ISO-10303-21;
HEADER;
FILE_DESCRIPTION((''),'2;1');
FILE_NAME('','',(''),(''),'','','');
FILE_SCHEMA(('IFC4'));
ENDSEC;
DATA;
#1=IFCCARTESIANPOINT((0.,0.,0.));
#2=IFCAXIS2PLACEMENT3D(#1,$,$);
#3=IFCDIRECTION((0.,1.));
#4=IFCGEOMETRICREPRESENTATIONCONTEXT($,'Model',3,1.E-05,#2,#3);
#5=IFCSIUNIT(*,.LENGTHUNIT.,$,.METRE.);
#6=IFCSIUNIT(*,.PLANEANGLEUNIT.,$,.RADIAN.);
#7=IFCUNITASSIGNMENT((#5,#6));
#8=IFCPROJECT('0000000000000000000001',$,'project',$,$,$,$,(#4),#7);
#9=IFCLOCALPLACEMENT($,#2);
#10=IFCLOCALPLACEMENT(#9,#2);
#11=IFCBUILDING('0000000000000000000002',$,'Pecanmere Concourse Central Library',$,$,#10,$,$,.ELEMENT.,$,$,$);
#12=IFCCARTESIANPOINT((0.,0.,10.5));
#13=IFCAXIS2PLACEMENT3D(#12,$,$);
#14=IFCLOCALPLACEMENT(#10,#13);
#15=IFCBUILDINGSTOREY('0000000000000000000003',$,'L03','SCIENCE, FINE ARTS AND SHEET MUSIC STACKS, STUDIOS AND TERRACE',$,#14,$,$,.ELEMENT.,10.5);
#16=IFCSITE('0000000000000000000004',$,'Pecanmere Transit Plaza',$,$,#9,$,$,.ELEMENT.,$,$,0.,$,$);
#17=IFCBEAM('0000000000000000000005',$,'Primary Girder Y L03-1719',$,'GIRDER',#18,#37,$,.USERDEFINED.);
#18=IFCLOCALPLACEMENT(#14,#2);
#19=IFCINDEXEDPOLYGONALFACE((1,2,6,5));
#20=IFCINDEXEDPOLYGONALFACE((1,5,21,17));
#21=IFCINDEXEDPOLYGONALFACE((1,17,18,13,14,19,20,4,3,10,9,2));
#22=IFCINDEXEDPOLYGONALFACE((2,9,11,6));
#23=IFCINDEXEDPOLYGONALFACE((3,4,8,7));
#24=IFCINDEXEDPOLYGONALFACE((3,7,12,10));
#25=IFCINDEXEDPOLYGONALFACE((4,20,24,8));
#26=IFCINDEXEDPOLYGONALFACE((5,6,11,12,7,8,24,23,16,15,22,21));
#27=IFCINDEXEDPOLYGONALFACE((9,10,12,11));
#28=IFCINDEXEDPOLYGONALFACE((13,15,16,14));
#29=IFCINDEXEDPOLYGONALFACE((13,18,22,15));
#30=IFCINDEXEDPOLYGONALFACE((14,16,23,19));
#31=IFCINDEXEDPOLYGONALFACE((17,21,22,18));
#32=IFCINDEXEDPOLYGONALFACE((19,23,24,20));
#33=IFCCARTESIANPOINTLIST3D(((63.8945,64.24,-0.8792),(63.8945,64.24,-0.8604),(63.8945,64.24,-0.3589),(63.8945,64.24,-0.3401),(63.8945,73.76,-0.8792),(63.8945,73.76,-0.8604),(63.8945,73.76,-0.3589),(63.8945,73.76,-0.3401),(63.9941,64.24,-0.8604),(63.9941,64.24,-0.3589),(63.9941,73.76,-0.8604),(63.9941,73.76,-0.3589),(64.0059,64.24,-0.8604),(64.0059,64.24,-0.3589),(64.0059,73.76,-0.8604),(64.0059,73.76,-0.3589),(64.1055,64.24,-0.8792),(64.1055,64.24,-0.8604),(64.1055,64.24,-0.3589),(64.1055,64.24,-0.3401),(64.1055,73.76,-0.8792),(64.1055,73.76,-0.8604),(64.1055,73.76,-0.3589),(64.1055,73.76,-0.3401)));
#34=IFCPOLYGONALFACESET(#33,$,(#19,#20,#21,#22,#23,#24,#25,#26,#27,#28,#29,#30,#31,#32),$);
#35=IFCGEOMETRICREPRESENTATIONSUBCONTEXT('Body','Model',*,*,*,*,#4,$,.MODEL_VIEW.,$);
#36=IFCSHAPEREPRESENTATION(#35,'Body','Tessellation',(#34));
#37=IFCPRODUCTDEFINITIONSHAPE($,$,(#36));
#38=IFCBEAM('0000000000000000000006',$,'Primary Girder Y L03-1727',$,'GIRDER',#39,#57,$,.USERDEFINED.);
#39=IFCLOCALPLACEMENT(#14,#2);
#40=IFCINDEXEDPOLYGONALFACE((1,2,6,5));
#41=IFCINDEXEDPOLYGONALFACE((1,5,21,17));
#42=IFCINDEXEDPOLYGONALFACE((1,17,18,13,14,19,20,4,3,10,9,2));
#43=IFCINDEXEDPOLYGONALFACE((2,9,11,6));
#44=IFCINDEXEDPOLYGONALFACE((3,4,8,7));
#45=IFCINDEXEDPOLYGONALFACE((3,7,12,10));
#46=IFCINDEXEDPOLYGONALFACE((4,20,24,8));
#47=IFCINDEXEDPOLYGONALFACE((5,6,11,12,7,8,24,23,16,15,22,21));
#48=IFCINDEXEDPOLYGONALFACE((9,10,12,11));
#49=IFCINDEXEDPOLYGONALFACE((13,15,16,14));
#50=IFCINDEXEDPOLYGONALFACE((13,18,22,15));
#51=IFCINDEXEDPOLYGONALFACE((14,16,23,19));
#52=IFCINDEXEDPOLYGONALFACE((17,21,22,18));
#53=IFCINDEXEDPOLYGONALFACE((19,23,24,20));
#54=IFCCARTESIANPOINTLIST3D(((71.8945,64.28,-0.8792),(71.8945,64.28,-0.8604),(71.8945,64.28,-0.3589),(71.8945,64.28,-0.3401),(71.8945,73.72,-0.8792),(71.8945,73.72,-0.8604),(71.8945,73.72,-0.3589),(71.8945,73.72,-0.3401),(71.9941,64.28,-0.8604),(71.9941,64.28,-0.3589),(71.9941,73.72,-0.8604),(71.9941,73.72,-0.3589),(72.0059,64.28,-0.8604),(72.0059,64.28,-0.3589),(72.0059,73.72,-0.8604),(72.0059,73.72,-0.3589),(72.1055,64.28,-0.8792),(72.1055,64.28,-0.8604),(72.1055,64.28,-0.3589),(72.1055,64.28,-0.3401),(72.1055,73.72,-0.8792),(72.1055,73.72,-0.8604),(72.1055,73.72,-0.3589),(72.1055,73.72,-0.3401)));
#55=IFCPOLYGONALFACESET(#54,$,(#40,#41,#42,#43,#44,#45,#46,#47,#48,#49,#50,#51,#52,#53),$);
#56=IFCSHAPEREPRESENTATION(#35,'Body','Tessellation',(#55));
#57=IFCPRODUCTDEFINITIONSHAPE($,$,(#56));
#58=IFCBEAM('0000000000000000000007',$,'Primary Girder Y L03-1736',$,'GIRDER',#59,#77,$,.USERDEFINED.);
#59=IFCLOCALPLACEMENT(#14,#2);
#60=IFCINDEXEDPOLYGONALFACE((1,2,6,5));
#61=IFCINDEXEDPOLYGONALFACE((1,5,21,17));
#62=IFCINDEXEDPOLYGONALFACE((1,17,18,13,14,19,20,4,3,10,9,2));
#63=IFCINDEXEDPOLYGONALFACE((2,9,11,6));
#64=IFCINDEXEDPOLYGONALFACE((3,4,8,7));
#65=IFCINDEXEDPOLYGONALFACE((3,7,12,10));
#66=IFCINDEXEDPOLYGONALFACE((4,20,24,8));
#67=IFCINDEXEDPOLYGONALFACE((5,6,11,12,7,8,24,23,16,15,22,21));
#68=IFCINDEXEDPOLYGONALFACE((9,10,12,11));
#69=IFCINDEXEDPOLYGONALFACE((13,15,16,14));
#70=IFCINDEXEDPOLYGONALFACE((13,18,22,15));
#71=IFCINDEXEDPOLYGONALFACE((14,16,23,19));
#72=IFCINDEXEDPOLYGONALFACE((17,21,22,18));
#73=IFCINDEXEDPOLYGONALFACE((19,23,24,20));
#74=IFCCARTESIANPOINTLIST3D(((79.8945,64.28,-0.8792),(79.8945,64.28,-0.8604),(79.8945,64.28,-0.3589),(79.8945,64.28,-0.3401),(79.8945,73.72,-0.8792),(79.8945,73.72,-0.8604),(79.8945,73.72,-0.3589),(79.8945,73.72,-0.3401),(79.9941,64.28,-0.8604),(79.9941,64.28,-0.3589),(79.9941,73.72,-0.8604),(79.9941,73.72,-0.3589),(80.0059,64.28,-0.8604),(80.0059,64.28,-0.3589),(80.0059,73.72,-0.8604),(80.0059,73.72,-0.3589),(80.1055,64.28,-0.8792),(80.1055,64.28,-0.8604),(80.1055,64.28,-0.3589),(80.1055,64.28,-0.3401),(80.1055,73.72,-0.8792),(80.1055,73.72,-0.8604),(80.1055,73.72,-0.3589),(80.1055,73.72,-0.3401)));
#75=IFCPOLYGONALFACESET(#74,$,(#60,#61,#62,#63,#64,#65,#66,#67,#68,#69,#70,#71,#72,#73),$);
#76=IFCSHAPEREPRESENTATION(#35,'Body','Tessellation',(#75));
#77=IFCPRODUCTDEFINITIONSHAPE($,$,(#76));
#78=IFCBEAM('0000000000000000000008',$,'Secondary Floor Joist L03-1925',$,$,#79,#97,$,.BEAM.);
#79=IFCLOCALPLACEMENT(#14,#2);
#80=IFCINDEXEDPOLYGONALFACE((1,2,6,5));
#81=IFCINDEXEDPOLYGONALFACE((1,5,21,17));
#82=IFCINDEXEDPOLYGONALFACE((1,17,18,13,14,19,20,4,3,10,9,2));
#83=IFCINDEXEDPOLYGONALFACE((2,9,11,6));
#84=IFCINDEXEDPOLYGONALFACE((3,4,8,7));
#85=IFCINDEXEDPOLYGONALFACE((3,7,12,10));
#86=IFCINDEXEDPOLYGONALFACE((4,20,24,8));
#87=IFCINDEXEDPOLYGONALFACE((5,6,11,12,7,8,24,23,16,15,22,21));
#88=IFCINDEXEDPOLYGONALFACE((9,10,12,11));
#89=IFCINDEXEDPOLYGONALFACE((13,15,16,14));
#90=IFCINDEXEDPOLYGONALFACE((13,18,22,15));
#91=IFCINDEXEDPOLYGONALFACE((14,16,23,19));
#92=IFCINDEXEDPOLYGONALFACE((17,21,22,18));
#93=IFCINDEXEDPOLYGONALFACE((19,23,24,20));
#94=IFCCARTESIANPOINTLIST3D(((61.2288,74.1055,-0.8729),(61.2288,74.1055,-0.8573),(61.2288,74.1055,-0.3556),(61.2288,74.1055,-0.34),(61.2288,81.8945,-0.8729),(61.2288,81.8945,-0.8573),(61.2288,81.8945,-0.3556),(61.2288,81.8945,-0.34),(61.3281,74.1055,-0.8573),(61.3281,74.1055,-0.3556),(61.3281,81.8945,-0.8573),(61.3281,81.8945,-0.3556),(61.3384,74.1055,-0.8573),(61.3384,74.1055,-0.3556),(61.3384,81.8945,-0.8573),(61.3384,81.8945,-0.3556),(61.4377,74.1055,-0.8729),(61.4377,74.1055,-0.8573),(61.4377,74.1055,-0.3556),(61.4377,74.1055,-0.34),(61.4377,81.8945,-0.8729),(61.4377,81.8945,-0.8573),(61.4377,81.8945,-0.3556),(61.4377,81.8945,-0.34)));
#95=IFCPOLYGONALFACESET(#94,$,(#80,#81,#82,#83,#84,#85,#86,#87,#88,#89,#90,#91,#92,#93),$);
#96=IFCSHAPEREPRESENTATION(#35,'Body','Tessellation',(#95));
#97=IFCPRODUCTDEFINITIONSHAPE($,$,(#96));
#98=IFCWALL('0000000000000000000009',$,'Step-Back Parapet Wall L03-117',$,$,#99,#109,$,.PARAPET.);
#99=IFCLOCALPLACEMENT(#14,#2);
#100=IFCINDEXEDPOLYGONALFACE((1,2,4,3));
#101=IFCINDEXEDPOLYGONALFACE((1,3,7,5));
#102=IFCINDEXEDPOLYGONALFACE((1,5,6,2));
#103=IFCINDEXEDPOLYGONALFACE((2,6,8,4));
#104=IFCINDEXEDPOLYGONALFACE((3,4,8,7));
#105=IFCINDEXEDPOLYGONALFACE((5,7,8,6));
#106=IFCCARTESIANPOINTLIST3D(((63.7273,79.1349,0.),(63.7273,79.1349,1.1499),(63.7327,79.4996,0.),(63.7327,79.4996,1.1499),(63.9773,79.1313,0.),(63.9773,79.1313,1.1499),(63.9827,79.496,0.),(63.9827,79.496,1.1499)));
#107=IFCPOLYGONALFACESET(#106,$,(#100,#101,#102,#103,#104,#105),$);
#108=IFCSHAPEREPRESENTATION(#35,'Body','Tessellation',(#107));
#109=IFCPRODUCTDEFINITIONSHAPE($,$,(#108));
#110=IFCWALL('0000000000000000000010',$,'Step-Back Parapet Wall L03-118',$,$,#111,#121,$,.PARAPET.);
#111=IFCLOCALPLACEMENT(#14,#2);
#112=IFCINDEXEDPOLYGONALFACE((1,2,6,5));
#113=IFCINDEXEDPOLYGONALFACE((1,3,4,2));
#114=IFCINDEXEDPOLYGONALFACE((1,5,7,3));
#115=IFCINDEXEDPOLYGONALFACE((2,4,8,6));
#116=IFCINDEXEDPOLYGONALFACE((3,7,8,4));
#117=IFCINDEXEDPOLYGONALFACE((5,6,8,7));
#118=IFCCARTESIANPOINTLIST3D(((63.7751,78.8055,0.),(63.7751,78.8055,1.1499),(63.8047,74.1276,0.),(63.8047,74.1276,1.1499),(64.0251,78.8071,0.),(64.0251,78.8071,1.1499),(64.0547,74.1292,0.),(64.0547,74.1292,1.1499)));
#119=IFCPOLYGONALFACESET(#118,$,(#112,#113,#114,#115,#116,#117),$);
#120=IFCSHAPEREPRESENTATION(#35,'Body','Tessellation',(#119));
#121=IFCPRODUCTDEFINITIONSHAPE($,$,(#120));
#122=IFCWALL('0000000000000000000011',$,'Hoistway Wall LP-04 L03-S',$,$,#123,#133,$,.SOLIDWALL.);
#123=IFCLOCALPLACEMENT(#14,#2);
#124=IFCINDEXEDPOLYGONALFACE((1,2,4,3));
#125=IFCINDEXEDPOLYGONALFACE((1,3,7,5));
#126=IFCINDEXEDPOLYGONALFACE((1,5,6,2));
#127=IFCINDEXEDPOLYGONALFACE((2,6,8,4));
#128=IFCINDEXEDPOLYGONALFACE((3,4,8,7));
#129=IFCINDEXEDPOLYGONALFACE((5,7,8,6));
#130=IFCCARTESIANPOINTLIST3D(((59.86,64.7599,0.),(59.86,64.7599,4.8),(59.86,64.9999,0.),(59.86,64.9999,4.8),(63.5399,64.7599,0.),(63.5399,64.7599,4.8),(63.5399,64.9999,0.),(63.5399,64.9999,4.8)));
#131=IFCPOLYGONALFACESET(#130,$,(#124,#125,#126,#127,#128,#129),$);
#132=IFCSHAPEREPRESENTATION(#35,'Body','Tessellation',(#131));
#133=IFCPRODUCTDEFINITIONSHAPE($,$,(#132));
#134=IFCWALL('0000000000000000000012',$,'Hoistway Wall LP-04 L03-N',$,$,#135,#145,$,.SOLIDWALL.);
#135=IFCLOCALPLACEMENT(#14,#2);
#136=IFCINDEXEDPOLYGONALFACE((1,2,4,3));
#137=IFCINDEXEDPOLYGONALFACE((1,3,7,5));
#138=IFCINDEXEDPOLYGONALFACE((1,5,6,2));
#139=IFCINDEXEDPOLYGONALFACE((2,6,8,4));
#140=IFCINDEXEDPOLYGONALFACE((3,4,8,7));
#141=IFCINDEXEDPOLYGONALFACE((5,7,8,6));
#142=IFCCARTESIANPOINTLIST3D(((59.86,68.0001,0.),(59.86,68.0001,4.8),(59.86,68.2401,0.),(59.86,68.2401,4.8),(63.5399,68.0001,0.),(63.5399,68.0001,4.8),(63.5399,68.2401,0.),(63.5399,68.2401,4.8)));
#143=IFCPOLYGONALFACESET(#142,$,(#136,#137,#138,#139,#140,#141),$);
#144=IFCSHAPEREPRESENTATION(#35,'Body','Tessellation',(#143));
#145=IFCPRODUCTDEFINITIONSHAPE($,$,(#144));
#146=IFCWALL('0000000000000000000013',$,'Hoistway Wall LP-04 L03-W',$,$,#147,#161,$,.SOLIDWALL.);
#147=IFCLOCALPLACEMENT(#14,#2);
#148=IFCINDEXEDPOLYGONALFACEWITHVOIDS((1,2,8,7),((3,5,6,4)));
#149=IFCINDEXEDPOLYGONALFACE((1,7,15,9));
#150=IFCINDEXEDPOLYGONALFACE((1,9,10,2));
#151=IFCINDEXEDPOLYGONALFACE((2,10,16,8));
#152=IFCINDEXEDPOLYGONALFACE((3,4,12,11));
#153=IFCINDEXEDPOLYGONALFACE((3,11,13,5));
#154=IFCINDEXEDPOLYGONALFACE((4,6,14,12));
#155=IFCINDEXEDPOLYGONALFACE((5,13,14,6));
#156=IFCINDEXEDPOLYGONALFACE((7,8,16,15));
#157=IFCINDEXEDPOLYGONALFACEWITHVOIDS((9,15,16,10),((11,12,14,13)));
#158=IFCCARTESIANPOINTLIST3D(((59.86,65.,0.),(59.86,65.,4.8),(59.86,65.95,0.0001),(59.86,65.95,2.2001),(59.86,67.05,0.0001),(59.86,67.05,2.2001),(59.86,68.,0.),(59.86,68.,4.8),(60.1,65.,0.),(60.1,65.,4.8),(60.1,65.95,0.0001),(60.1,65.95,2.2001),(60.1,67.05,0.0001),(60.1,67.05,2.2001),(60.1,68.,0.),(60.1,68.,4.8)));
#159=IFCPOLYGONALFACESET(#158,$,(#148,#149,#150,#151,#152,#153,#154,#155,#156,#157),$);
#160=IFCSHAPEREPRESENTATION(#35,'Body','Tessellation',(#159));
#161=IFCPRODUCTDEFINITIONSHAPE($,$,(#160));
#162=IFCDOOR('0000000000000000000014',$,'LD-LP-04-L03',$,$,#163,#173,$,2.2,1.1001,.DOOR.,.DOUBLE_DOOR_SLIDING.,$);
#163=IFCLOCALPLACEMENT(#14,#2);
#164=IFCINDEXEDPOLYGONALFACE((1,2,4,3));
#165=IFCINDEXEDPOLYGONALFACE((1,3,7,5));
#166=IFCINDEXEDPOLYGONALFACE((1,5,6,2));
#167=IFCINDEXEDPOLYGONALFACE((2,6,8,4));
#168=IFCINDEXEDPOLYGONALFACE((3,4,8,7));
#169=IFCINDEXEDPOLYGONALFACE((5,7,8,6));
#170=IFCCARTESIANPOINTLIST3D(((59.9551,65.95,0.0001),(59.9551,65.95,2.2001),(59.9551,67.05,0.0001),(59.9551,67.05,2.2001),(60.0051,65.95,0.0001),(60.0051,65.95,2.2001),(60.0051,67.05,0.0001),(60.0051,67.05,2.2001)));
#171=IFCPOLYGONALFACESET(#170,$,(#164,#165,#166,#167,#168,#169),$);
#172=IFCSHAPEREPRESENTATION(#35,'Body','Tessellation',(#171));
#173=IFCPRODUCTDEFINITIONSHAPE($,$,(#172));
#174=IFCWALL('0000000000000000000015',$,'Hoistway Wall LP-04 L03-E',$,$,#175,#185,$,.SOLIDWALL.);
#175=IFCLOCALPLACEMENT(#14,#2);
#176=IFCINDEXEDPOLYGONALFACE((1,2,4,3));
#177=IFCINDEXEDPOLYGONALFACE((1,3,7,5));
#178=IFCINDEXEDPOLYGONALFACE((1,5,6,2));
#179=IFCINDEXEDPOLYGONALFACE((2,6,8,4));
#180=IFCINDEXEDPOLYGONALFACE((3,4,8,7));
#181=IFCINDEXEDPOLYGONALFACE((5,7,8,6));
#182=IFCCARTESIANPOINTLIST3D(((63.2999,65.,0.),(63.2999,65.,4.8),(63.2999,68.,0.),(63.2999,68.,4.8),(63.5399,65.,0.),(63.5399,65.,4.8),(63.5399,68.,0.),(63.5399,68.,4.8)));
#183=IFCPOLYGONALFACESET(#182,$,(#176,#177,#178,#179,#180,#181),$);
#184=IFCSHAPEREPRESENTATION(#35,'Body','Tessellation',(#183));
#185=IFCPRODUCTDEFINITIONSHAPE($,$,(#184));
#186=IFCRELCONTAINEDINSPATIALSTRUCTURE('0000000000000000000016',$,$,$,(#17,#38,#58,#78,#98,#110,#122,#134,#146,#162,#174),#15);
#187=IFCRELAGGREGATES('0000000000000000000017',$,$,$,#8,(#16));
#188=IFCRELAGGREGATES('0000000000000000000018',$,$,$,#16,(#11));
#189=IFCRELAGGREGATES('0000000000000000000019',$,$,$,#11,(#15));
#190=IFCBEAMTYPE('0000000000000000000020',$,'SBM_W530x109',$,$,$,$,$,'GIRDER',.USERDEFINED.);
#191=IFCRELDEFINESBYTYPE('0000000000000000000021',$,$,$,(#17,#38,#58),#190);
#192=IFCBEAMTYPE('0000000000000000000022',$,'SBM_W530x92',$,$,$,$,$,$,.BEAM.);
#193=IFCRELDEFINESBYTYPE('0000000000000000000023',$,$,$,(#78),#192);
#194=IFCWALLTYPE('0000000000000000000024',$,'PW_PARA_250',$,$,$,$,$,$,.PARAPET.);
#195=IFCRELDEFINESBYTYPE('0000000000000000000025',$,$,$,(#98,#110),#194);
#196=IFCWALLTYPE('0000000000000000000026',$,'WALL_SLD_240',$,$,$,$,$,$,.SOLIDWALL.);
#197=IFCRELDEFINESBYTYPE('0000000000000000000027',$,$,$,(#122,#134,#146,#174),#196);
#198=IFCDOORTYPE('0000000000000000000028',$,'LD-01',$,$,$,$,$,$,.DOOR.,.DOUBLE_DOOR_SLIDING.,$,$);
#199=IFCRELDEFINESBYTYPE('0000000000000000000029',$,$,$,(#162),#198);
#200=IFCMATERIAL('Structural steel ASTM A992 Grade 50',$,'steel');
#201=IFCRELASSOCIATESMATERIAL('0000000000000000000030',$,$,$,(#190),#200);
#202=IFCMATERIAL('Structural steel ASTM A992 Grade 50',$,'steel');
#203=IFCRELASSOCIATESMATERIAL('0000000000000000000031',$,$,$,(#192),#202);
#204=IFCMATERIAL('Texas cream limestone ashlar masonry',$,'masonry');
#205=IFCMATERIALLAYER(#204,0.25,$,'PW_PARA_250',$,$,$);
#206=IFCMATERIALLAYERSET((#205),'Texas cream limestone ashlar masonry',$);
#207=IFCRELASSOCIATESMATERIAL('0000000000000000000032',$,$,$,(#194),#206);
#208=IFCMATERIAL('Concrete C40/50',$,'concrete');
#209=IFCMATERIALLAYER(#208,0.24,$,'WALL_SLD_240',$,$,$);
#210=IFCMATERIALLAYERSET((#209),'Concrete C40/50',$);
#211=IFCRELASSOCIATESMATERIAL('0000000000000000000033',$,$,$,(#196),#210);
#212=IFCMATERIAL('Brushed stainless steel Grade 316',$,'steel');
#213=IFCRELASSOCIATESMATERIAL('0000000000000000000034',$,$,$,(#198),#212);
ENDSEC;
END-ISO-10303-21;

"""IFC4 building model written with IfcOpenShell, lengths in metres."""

from ifc_helpers import new_model, si_unit, direction, frame, frame_2d, origin, origin_2d, place, context, subcontext, project, spatial, rectangle, i_section, extrude, material, layer, layer_set, material_profile, profile_set, type_object, element, fill, save


model = new_model("IFC4")

# Units and contexts
model_context = context("Model", 3, precision=1e-05, world=origin(), true_north=direction((0.0, 1.0)))
body_context = subcontext(model_context, "Body", "Model", "MODEL_VIEW")
ifc_project = project(units=[si_unit("LENGTHUNIT", "METRE"), si_unit("PLANEANGLEUNIT", "RADIAN")], contexts=[model_context])

# Site, building, storey
site_placement = place(None, origin())
site = spatial("IfcSite", under=ifc_project, at=site_placement, Name="Pecanmere Transit Plaza", CompositionType="ELEMENT", RefElevation=0.0)
building_placement = place(site_placement, origin())
building = spatial("IfcBuilding", under=site, at=building_placement, Name="Pecanmere Concourse Central Library", CompositionType="ELEMENT")
storey_placement = place(building_placement, frame((0.0, 0.0, 10.5)))
storey = spatial("IfcBuildingStorey", under=building, at=storey_placement, Name="L03", Description="SCIENCE, FINE ARTS AND SHEET MUSIC STACKS, STUDIOS AND TERRACE", CompositionType="ELEMENT", Elevation=10.5)

# Beams
ifc_material_1 = material(Name="Structural steel ASTM A992 Grade 50", Category="steel")
ifc_material_profile_1 = material_profile(ifc_material_1, i_section(OverallWidth=0.2109, OverallDepth=0.5391, WebThickness=0.0117, FlangeThickness=0.0188, at=origin_2d()), Name="W530x109")
ifc_profile_set_1 = profile_set([ifc_material_profile_1], Name="Structural steel ASTM A992 Grade 50")
beam_type_1 = type_object("IfcBeamType", Name="SBM_W530x109", ElementType="GIRDER", PredefinedType="USERDEFINED", material=ifc_profile_set_1)
beam_1_placement = place(storey_placement, frame((64.0, 64.24, -0.6096), z_axis=(0.0, 1.0, 0.0), x_axis=(-1.0, 0.0, 0.0)))
element("IfcBeam", 1, at=beam_1_placement, inside=storey, type_object=beam_type_1, Name="Primary Girder Y L03-1719", ObjectType="GIRDER", PredefinedType="USERDEFINED", context=body_context, shape_type="SweptSolid", body=[
    extrude(i_section(OverallWidth=0.2109, OverallDepth=0.5391, WebThickness=0.0117, FlangeThickness=0.0188, at=origin_2d()), origin(), (0.0, 0.0, 1.0), 9.52),
])
for number, where, z_axis, x_axis, name in (
    (2, (72.0, 64.28, -0.6096), (0.0, 1.0, 0.0), (-1.0, 0.0, 0.0), "Primary Girder Y L03-1727"),
    (3, (80.0, 64.28, -0.6096), (0.0, 1.0, 0.0), (-1.0, 0.0, 0.0), "Primary Girder Y L03-1736"),
):
    element("IfcBeam", number, at=place(storey_placement, frame(where, z_axis=z_axis, x_axis=x_axis)), inside=storey, type_object=beam_type_1, Name=name, ObjectType="GIRDER", PredefinedType="USERDEFINED", context=body_context, shape_type="SweptSolid", body=[
        extrude(i_section(OverallWidth=0.2109, OverallDepth=0.5391, WebThickness=0.0117, FlangeThickness=0.0188, at=origin_2d()), origin(), (0.0, 0.0, 1.0), 9.4399),
    ])
ifc_material_2 = material(Name="Structural steel ASTM A992 Grade 50", Category="steel")
ifc_material_profile_2 = material_profile(ifc_material_2, i_section(OverallWidth=0.209, OverallDepth=0.533, WebThickness=0.0103, FlangeThickness=0.0156, at=origin_2d()), Name="W530x92")
ifc_profile_set_2 = profile_set([ifc_material_profile_2], Name="Structural steel ASTM A992 Grade 50")
beam_type_2 = type_object("IfcBeamType", Name="SBM_W530x92", PredefinedType="BEAM", material=ifc_profile_set_2)
beam_2_placement = place(storey_placement, frame((61.3333, 74.1055, -0.6064), z_axis=(0.0, 1.0, 0.0), x_axis=(-1.0, 0.0, 0.0)))
element("IfcBeam", 4, at=beam_2_placement, inside=storey, type_object=beam_type_2, Name="Secondary Floor Joist L03-1925", PredefinedType="BEAM", context=body_context, shape_type="SweptSolid", body=[
    extrude(i_section(OverallWidth=0.209, OverallDepth=0.533, WebThickness=0.0103, FlangeThickness=0.0156, at=origin_2d()), origin(), (0.0, 0.0, 1.0), 7.7891),
])

# Walls
ifc_material_3 = material(Name="Texas cream limestone ashlar masonry", Category="masonry")
ifc_layer_1 = layer(ifc_material_3, 0.25, Name="PW_PARA_250")
ifc_layer_set_1 = layer_set([ifc_layer_1], Name="Texas cream limestone ashlar masonry")
wall_type_1 = type_object("IfcWallType", Name="PW_PARA_250", PredefinedType="PARAPET", material=ifc_layer_set_1)
wall_1_placement = place(storey_placement, frame((63.8577, 79.4978, 0.0), z_axis=(0.0, 0.0, 1.0), x_axis=(-0.014724, -0.999892, 0.0)))
element("IfcWall", 5, at=wall_1_placement, inside=storey, type_object=wall_type_1, Name="Step-Back Parapet Wall L03-117", PredefinedType="PARAPET", context=body_context, shape_type="SweptSolid", body=[
    extrude(rectangle(XDim=0.3647, YDim=0.25, at=frame_2d((0.1824, 0.0))), origin(), (0.0, 0.0, 1.0), 1.1499),
])
wall_2_placement = place(storey_placement, frame((63.9001, 78.8062, 0.0), z_axis=(0.0, 0.0, 1.0), x_axis=(0.006315, -0.99998, 0.0)))
element("IfcWall", 6, at=wall_2_placement, inside=storey, type_object=wall_type_1, Name="Step-Back Parapet Wall L03-118", PredefinedType="PARAPET", context=body_context, shape_type="SweptSolid", body=[
    extrude(rectangle(XDim=4.678, YDim=0.25, at=frame_2d((2.3389, 0.0))), origin(), (0.0, 0.0, 1.0), 1.1499),
])
ifc_material_4 = material(Name="Concrete C40/50", Category="concrete")
ifc_layer_2 = layer(ifc_material_4, 0.24, Name="WALL_SLD_240")
ifc_layer_set_2 = layer_set([ifc_layer_2], Name="Concrete C40/50")
wall_type_2 = type_object("IfcWallType", Name="WALL_SLD_240", PredefinedType="SOLIDWALL", material=ifc_layer_set_2)
for number, where, z_axis, x_axis, name in (
    (7, (59.8601, 64.8799, 0.0), (0.0, 0.0, 1.0), (1.0, 0.0, 0.0), "Hoistway Wall LP-04 L03-S"),
    (8, (59.8601, 68.1201, 0.0), (0.0, 0.0, 1.0), (1.0, 0.0, 0.0), "Hoistway Wall LP-04 L03-N"),
):
    element("IfcWall", number, at=place(storey_placement, frame(where, z_axis=z_axis, x_axis=x_axis)), inside=storey, type_object=wall_type_2, Name=name, PredefinedType="SOLIDWALL", context=body_context, shape_type="SweptSolid", body=[
        extrude(rectangle(XDim=3.6799, YDim=0.24, at=frame_2d((1.8398, 0.0))), origin(), (0.0, 0.0, 1.0), 4.8),
    ])

# Wall, opening, door
wall_3_placement = place(storey_placement, frame((59.98, 65.0, 0.0), z_axis=(0.0, 0.0, 1.0), x_axis=(0.0, 1.0, 0.0)))
wall_3 = element("IfcWall", 9, at=wall_3_placement, inside=storey, type_object=wall_type_2, Name="Hoistway Wall LP-04 L03-W", PredefinedType="SOLIDWALL", context=body_context, shape_type="SweptSolid", body=[
    extrude(rectangle(XDim=3.0, YDim=0.24, at=frame_2d((1.5, 0.0))), origin(), (0.0, 0.0, 1.0), 4.8),
])
opening_placement = place(wall_3_placement, frame((0.95, 0.0, 0.0)))
opening = element("IfcOpeningElement", 10, at=opening_placement, cuts=wall_3, PredefinedType="OPENING", context=body_context, shape_type="SweptSolid", body=[
    extrude(rectangle(XDim=1.1001, YDim=2.2, at=frame_2d((0.55, 1.1001))), frame((0.0, 0.1318, 0.0), z_axis=(0.0, -1.0, 0.0), x_axis=(1.0, 0.0, 0.0)), (0.0, 0.0, 1.0), 0.2639),
])
ifc_material_5 = material(Name="Brushed stainless steel Grade 316", Category="steel")
door_type = type_object("IfcDoorType", Name="LD-01", OperationType="DOUBLE_DOOR_SLIDING", PredefinedType="DOOR", material=ifc_material_5)
door_placement = place(opening_placement, origin())
door = element("IfcDoor", 11, at=door_placement, inside=storey, type_object=door_type, Name="LD-LP-04-L03", OperationType="DOUBLE_DOOR_SLIDING", OverallHeight=2.2, OverallWidth=1.1001, PredefinedType="DOOR", context=body_context, shape_type="SweptSolid", body=[
    extrude(rectangle(XDim=1.1001, YDim=2.2, at=frame_2d((0.55, 1.1001))), frame((0.0, 0.0249, 0.0), z_axis=(0.0, -1.0, 0.0), x_axis=(1.0, 0.0, 0.0)), (0.0, 0.0, 1.0), 0.05),
])
fill(opening, door)

# Wall
wall_4_placement = place(storey_placement, frame((63.4199, 65.0, 0.0), z_axis=(0.0, 0.0, 1.0), x_axis=(0.0, 1.0, 0.0)))
element("IfcWall", 12, at=wall_4_placement, inside=storey, type_object=wall_type_2, Name="Hoistway Wall LP-04 L03-E", PredefinedType="SOLIDWALL", context=body_context, shape_type="SweptSolid", body=[
    extrude(rectangle(XDim=3.0, YDim=0.24, at=frame_2d((1.5, 0.0))), origin(), (0.0, 0.0, 1.0), 4.8),
])

save(model, "model.ifc")
